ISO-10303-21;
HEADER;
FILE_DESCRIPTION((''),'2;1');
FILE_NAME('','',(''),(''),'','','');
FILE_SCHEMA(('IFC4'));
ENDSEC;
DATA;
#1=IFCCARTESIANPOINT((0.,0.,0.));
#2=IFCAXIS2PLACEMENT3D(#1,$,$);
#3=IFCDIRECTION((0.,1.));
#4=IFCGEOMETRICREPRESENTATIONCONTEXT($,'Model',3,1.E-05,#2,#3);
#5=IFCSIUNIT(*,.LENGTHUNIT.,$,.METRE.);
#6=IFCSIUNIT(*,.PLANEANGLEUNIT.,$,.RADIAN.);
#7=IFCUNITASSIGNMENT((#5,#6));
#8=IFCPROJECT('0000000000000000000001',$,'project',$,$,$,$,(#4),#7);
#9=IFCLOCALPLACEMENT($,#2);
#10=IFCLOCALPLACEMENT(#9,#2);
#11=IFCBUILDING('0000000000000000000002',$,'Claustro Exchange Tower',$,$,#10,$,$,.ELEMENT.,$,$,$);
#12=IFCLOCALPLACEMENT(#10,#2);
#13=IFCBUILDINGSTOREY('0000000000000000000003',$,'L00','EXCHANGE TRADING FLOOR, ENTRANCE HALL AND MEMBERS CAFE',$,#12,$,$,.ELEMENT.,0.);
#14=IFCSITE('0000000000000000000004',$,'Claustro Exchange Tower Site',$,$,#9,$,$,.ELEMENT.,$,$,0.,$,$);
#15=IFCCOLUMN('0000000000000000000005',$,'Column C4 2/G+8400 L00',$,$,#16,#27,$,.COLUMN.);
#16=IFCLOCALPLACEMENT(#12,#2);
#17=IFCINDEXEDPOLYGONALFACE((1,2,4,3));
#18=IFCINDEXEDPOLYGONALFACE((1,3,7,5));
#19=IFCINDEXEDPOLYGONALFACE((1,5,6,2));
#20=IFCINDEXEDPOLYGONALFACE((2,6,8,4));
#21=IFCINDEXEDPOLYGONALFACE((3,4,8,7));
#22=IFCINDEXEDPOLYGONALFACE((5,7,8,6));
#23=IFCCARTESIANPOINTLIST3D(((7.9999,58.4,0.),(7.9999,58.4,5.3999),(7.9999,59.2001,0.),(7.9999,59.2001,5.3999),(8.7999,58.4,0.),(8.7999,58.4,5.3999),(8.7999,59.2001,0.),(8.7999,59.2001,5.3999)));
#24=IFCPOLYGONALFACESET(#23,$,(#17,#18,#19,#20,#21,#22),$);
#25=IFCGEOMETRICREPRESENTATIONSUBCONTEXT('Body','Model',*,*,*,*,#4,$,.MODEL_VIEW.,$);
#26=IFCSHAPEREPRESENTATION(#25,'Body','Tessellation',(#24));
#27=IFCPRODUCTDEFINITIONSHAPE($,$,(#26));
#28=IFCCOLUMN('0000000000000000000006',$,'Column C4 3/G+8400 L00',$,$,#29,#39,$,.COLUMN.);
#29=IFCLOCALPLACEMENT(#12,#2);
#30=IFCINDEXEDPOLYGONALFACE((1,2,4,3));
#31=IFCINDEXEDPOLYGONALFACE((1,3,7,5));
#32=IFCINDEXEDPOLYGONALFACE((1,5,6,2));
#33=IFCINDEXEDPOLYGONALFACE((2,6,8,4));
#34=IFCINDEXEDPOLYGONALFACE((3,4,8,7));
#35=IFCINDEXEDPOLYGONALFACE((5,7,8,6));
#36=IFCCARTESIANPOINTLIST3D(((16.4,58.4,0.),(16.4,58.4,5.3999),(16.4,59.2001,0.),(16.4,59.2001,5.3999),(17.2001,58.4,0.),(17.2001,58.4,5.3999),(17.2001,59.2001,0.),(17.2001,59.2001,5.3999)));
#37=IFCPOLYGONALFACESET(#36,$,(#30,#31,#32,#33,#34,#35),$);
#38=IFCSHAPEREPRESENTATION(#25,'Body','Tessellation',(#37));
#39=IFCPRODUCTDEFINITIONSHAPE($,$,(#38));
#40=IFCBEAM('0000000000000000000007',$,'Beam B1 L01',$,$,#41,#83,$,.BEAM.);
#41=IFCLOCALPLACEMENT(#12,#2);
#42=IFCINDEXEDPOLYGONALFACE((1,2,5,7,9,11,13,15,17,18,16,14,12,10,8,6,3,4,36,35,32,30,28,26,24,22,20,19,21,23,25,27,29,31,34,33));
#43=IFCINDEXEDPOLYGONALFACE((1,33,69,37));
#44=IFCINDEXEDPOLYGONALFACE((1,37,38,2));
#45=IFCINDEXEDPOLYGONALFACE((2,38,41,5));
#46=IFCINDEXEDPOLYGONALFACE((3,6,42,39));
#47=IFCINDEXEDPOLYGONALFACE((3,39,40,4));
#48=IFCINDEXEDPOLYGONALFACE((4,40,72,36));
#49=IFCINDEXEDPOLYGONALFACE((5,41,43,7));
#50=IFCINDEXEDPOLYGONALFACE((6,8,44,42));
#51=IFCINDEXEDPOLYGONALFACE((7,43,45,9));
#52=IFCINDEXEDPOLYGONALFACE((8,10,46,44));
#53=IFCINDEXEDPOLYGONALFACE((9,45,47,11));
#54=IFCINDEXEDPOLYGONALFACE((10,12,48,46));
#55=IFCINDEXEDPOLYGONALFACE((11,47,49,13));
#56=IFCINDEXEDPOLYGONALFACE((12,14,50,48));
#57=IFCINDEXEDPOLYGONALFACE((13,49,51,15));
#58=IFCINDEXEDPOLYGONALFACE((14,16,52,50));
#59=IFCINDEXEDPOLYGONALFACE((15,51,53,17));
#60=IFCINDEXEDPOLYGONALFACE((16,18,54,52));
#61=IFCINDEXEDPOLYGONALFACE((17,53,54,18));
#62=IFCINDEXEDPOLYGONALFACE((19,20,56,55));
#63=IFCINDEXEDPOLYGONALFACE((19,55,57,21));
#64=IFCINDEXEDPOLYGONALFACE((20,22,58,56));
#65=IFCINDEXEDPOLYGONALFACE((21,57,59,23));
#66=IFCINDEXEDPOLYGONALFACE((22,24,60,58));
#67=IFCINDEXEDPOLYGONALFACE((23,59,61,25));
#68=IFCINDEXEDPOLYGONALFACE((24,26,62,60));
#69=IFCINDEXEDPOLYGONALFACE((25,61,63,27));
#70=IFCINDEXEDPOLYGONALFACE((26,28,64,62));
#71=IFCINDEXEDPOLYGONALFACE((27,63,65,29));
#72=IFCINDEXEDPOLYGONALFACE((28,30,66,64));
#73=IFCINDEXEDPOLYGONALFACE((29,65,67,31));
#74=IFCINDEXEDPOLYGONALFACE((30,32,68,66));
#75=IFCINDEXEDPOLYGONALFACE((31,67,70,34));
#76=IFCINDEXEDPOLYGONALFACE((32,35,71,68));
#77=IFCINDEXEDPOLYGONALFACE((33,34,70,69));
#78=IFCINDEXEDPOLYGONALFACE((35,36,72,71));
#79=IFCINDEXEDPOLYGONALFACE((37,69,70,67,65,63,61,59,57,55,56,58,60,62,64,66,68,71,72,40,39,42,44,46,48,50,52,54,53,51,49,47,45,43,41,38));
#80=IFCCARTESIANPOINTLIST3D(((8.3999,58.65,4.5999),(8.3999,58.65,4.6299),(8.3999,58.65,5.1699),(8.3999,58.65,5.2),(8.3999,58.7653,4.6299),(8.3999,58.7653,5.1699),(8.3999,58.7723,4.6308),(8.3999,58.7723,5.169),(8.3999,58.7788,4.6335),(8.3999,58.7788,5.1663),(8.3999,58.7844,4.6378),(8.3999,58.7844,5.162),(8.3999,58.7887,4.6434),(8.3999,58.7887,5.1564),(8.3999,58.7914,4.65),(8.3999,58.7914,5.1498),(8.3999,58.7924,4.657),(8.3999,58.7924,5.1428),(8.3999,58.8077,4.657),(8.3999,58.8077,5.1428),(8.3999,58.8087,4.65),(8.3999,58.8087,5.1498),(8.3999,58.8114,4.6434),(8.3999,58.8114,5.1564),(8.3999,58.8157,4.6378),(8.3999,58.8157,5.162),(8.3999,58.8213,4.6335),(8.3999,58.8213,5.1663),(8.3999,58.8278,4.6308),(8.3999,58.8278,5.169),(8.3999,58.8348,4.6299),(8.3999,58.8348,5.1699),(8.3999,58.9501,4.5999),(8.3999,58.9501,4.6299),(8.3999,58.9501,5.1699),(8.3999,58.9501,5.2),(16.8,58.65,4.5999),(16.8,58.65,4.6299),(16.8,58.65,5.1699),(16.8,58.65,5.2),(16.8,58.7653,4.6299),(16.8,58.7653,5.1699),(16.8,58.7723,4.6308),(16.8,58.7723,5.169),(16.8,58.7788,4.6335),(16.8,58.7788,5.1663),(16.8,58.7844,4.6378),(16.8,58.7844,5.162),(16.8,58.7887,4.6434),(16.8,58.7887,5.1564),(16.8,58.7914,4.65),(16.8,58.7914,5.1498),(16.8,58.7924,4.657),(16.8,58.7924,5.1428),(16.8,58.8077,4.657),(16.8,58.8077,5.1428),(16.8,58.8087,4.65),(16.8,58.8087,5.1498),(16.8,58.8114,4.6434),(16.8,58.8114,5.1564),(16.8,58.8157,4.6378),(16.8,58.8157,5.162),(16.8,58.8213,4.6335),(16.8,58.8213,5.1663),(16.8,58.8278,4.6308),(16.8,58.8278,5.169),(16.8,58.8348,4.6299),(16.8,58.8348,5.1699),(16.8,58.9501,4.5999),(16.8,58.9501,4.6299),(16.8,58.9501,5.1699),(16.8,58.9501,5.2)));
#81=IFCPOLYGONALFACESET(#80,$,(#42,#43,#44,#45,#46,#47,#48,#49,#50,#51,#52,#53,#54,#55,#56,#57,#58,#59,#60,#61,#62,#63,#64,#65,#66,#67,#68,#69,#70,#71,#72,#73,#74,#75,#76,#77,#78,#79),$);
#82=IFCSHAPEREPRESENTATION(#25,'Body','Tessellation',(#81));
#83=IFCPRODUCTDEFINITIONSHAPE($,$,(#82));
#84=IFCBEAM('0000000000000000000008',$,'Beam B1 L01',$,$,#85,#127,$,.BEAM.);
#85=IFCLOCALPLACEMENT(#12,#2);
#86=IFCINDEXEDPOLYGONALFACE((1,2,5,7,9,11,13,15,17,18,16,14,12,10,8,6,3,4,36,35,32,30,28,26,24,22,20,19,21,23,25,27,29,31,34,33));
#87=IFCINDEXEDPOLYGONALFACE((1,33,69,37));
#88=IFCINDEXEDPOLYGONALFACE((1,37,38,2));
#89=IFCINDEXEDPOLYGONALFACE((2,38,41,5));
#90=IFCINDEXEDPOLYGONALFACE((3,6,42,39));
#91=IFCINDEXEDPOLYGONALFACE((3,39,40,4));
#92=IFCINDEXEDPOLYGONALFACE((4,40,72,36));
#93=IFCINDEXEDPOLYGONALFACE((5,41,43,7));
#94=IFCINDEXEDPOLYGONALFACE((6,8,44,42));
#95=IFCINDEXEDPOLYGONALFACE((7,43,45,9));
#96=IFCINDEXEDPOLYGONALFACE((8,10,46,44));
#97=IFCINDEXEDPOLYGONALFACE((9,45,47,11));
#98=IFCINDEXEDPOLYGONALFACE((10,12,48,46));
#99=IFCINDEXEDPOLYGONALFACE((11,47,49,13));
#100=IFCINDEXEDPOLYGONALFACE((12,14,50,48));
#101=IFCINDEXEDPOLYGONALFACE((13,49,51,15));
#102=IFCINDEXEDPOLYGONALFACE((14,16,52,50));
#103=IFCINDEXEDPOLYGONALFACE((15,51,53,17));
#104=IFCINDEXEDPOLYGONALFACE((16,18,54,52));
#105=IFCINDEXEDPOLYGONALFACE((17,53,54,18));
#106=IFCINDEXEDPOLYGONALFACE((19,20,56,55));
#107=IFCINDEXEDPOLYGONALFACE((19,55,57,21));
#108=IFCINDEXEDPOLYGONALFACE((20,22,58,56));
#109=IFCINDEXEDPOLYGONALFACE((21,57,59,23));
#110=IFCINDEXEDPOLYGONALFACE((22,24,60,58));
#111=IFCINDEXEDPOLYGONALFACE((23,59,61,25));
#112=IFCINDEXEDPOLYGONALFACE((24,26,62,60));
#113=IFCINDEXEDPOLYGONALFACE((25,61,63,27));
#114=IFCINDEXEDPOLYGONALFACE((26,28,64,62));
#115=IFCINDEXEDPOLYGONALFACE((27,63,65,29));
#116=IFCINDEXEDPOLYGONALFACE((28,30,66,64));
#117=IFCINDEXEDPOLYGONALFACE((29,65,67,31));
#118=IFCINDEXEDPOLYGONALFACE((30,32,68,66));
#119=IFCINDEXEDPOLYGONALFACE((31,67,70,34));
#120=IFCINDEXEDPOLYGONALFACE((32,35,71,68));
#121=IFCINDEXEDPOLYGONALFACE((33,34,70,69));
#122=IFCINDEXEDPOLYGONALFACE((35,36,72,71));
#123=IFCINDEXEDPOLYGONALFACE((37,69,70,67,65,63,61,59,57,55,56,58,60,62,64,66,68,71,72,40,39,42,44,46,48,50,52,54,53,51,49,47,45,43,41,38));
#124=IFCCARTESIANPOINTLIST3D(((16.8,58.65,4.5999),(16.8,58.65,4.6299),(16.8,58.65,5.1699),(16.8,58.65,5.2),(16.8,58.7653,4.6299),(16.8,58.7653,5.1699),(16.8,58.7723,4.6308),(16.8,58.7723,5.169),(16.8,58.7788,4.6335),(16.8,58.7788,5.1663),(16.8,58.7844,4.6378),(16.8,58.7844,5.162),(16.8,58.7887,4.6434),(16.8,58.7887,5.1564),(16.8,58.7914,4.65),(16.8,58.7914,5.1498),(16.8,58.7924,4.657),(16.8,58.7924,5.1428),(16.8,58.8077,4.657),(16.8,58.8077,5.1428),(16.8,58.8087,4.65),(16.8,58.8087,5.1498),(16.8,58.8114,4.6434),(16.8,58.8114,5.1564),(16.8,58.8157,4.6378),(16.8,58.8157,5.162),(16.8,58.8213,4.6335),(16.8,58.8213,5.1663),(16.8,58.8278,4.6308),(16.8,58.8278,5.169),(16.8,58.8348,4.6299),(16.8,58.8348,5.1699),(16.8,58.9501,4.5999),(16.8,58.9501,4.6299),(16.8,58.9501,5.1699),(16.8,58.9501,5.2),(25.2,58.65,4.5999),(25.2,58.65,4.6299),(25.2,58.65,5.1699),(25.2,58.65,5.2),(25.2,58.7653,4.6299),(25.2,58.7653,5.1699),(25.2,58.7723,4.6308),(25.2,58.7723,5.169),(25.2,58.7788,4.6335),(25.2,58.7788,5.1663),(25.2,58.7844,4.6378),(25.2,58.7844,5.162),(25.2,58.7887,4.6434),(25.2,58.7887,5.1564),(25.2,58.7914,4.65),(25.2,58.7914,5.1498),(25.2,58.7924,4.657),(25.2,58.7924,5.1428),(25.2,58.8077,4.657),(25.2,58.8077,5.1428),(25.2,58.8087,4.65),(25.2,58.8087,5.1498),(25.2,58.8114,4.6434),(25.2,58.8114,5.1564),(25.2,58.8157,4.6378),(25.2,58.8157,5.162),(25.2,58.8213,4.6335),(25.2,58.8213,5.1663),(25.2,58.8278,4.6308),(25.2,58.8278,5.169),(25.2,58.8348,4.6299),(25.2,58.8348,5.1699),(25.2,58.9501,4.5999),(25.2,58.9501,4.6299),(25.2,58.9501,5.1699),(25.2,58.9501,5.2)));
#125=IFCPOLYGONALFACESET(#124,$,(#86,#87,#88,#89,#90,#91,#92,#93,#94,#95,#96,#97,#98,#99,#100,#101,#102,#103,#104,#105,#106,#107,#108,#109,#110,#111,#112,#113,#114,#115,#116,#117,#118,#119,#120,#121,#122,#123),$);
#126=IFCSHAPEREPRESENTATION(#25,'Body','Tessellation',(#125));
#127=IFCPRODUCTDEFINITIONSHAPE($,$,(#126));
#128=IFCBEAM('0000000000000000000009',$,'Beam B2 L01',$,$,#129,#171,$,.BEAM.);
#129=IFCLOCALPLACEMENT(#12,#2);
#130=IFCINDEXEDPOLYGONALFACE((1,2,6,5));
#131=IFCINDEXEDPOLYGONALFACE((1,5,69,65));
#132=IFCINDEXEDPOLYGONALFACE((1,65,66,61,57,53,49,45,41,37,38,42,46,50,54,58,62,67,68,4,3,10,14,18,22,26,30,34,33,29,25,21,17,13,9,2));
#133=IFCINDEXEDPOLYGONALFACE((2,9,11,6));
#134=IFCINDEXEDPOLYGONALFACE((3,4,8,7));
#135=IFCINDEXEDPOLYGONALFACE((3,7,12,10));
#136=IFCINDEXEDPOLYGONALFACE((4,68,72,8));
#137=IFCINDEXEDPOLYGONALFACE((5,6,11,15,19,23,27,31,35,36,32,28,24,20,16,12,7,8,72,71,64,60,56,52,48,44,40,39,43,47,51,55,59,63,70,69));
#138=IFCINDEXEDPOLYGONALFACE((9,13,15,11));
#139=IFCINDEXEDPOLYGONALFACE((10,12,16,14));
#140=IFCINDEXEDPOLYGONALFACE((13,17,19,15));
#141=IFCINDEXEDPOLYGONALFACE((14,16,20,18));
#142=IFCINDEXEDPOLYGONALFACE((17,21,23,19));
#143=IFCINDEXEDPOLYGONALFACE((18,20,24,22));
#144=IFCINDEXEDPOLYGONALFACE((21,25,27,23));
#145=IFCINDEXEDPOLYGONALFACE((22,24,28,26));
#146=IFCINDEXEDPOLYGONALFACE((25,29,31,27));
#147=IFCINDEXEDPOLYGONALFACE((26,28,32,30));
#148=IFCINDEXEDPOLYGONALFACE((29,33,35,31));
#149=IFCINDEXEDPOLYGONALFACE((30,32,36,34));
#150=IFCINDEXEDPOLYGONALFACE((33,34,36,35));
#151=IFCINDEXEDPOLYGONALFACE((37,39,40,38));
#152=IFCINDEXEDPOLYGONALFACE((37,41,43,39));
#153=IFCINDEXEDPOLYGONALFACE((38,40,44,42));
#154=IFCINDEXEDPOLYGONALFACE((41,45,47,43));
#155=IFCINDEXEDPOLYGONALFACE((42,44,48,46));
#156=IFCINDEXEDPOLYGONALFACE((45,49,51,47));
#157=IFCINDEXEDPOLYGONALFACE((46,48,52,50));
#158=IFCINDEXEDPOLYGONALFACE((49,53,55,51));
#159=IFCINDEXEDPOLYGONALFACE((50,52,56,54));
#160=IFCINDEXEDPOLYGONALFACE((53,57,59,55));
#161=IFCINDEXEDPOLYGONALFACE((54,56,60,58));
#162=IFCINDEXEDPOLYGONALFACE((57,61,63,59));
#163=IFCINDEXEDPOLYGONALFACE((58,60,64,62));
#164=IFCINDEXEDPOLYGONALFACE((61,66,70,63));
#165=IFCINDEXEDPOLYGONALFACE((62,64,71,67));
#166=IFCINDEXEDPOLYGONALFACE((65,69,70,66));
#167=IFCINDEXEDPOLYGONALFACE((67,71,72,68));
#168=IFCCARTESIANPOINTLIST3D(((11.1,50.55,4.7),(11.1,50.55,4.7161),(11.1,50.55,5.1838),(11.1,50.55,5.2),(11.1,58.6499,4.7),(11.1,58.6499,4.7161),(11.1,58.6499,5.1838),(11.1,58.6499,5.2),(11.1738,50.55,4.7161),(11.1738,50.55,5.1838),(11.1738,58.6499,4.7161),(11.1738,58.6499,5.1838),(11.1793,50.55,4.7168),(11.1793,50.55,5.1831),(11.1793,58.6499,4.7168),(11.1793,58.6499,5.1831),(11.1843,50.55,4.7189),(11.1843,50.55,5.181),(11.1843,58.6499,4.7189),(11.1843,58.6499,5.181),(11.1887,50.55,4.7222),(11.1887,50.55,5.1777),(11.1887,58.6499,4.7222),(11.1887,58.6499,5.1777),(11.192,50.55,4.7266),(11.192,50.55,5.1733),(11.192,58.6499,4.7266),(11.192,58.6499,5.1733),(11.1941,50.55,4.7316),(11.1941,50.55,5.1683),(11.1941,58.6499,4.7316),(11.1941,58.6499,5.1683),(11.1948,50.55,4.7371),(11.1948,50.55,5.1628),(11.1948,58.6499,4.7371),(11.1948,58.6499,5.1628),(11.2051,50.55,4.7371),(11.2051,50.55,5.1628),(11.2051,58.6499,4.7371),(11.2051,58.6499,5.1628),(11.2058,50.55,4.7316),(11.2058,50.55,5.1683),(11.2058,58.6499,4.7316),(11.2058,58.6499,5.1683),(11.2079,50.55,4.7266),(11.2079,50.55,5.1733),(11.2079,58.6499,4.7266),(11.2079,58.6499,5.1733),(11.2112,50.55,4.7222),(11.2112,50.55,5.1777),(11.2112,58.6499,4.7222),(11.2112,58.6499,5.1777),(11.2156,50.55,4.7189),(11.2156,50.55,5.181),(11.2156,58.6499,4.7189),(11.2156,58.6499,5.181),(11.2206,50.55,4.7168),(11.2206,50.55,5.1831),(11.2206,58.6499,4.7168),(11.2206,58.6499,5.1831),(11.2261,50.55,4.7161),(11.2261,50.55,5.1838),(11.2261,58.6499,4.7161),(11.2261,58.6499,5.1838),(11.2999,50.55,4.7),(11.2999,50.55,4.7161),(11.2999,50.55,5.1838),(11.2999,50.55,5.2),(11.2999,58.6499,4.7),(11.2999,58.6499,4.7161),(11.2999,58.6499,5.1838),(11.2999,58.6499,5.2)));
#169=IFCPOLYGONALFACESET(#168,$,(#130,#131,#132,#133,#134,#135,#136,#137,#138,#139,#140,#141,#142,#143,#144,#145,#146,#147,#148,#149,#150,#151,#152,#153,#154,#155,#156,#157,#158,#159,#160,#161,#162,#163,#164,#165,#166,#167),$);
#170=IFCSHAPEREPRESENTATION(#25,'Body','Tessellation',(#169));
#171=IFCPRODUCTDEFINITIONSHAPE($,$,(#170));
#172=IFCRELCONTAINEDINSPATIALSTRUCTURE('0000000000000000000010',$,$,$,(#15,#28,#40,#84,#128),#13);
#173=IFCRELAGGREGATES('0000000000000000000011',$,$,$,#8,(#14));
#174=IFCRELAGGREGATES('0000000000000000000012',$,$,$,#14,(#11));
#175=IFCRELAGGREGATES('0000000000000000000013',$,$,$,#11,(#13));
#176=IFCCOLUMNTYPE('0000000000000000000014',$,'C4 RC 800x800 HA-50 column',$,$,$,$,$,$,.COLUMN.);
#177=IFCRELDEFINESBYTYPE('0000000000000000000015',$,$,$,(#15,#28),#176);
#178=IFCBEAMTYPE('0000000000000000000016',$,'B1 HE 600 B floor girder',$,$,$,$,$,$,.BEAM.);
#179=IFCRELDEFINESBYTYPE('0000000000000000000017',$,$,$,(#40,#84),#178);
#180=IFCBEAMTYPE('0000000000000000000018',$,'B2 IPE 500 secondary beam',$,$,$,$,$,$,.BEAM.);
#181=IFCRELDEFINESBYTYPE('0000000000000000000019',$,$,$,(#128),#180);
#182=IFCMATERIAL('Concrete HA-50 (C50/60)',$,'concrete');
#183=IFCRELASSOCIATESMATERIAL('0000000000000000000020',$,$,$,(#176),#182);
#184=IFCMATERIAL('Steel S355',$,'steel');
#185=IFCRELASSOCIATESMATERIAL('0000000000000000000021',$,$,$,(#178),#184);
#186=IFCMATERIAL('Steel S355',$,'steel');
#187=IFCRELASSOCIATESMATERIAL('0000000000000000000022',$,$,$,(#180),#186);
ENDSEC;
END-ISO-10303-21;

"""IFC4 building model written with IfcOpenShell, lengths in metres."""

from ifc_helpers import new_model, si_unit, direction, frame, origin, origin_2d, place, context, subcontext, project, spatial, rectangle, i_section, extrude, material, material_profile, profile_set, type_object, element, save


model = new_model("IFC4")

# Units and contexts
model_context = context("Model", 3, precision=1e-05, world=origin(), true_north=direction((0.0, 1.0)))
body_context = subcontext(model_context, "Body", "Model", "MODEL_VIEW")
ifc_project = project(units=[si_unit("LENGTHUNIT", "METRE"), si_unit("PLANEANGLEUNIT", "RADIAN")], contexts=[model_context])

# Site, building, storey
site_placement = place(None, origin())
site = spatial("IfcSite", under=ifc_project, at=site_placement, Name="Claustro Exchange Tower Site", CompositionType="ELEMENT", RefElevation=0.0)
building_placement = place(site_placement, origin())
building = spatial("IfcBuilding", under=site, at=building_placement, Name="Claustro Exchange Tower", CompositionType="ELEMENT")
storey_placement = place(building_placement, origin())
storey = spatial("IfcBuildingStorey", under=building, at=storey_placement, Name="L00", Description="EXCHANGE TRADING FLOOR, ENTRANCE HALL AND MEMBERS CAFE", CompositionType="ELEMENT", Elevation=0.0)

# Columns
ifc_material_1 = material(Name="Concrete HA-50 (C50/60)", Category="concrete")
ifc_material_profile_1 = material_profile(ifc_material_1, rectangle(XDim=0.8, YDim=0.8, at=origin_2d()), Name="RC 800x800")
ifc_profile_set_1 = profile_set([ifc_material_profile_1], Name="Concrete HA-50 (C50/60)")
column_type = type_object("IfcColumnType", Name="C4 RC 800x800 HA-50 column", PredefinedType="COLUMN", material=ifc_profile_set_1)
for number, where, z_axis, x_axis, name in (
    (1, (8.3999, 58.8, 0.0), (0.0, 0.0, 1.0), (1.0, 0.0, 0.0), "Column C4 2/G+8400 L00"),
    (2, (16.8, 58.8, 0.0), (0.0, 0.0, 1.0), (1.0, 0.0, 0.0), "Column C4 3/G+8400 L00"),
):
    element("IfcColumn", number, at=place(storey_placement, frame(where, z_axis=z_axis, x_axis=x_axis)), inside=storey, type_object=column_type, Name=name, PredefinedType="COLUMN", context=body_context, shape_type="SweptSolid", body=[
        extrude(rectangle(XDim=0.8, YDim=0.8, at=origin_2d()), origin(), (0.0, 0.0, 1.0), 5.3999),
    ])

# Beams
ifc_material_2 = material(Name="Steel S355", Category="steel")
ifc_material_profile_2 = material_profile(ifc_material_2, i_section(OverallWidth=0.3, OverallDepth=0.6001, WebThickness=0.0154, FlangeThickness=0.03, FilletRadius=0.0271, at=origin_2d()), Name="HE 600 B")
ifc_profile_set_2 = profile_set([ifc_material_profile_2], Name="Steel S355")
beam_type_1 = type_object("IfcBeamType", Name="B1 HE 600 B floor girder", PredefinedType="BEAM", material=ifc_profile_set_2)
beam_1_placement = place(storey_placement, frame((8.3999, 58.8, 4.8999), z_axis=(1.0, 0.0, 0.0), x_axis=(0.0, 1.0, 0.0)))
element("IfcBeam", 3, at=beam_1_placement, inside=storey, type_object=beam_type_1, Name="Beam B1 L01", PredefinedType="BEAM", context=body_context, shape_type="SweptSolid", body=[
    extrude(i_section(OverallWidth=0.3, OverallDepth=0.6001, WebThickness=0.0154, FlangeThickness=0.03, FilletRadius=0.0271, at=origin_2d()), origin(), (0.0, 0.0, 1.0), 8.4001),
])
beam_2_placement = place(storey_placement, frame((16.8, 58.8, 4.8999), z_axis=(1.0, 0.0, 0.0), x_axis=(0.0, 1.0, 0.0)))
element("IfcBeam", 4, at=beam_2_placement, inside=storey, type_object=beam_type_1, Name="Beam B1 L01", PredefinedType="BEAM", context=body_context, shape_type="SweptSolid", body=[
    extrude(i_section(OverallWidth=0.3, OverallDepth=0.6001, WebThickness=0.0154, FlangeThickness=0.03, FilletRadius=0.0271, at=origin_2d()), origin(), (0.0, 0.0, 1.0), 8.3999),
])
ifc_material_3 = material(Name="Steel S355", Category="steel")
ifc_material_profile_3 = material_profile(ifc_material_3, i_section(OverallWidth=0.2, OverallDepth=0.5, WebThickness=0.0103, FlangeThickness=0.0161, FilletRadius=0.021, at=origin_2d()), Name="IPE 500")
ifc_profile_set_3 = profile_set([ifc_material_profile_3], Name="Steel S355")
beam_type_2 = type_object("IfcBeamType", Name="B2 IPE 500 secondary beam", PredefinedType="BEAM", material=ifc_profile_set_3)
for number, where, z_axis, x_axis, name in (
    (5, (11.2, 50.55, 4.95), (0.0, 1.0, 0.0), (-1.0, 0.0, 0.0), "Beam B2 L01"),
):
    element("IfcBeam", number, at=place(storey_placement, frame(where, z_axis=z_axis, x_axis=x_axis)), inside=storey, type_object=beam_type_2, Name=name, PredefinedType="BEAM", context=body_context, shape_type="SweptSolid", body=[
        extrude(i_section(OverallWidth=0.2, OverallDepth=0.5, WebThickness=0.0103, FlangeThickness=0.0161, FilletRadius=0.021, at=origin_2d()), origin(), (0.0, 0.0, 1.0), 8.0999),
    ])

save(model, "model.ifc")
